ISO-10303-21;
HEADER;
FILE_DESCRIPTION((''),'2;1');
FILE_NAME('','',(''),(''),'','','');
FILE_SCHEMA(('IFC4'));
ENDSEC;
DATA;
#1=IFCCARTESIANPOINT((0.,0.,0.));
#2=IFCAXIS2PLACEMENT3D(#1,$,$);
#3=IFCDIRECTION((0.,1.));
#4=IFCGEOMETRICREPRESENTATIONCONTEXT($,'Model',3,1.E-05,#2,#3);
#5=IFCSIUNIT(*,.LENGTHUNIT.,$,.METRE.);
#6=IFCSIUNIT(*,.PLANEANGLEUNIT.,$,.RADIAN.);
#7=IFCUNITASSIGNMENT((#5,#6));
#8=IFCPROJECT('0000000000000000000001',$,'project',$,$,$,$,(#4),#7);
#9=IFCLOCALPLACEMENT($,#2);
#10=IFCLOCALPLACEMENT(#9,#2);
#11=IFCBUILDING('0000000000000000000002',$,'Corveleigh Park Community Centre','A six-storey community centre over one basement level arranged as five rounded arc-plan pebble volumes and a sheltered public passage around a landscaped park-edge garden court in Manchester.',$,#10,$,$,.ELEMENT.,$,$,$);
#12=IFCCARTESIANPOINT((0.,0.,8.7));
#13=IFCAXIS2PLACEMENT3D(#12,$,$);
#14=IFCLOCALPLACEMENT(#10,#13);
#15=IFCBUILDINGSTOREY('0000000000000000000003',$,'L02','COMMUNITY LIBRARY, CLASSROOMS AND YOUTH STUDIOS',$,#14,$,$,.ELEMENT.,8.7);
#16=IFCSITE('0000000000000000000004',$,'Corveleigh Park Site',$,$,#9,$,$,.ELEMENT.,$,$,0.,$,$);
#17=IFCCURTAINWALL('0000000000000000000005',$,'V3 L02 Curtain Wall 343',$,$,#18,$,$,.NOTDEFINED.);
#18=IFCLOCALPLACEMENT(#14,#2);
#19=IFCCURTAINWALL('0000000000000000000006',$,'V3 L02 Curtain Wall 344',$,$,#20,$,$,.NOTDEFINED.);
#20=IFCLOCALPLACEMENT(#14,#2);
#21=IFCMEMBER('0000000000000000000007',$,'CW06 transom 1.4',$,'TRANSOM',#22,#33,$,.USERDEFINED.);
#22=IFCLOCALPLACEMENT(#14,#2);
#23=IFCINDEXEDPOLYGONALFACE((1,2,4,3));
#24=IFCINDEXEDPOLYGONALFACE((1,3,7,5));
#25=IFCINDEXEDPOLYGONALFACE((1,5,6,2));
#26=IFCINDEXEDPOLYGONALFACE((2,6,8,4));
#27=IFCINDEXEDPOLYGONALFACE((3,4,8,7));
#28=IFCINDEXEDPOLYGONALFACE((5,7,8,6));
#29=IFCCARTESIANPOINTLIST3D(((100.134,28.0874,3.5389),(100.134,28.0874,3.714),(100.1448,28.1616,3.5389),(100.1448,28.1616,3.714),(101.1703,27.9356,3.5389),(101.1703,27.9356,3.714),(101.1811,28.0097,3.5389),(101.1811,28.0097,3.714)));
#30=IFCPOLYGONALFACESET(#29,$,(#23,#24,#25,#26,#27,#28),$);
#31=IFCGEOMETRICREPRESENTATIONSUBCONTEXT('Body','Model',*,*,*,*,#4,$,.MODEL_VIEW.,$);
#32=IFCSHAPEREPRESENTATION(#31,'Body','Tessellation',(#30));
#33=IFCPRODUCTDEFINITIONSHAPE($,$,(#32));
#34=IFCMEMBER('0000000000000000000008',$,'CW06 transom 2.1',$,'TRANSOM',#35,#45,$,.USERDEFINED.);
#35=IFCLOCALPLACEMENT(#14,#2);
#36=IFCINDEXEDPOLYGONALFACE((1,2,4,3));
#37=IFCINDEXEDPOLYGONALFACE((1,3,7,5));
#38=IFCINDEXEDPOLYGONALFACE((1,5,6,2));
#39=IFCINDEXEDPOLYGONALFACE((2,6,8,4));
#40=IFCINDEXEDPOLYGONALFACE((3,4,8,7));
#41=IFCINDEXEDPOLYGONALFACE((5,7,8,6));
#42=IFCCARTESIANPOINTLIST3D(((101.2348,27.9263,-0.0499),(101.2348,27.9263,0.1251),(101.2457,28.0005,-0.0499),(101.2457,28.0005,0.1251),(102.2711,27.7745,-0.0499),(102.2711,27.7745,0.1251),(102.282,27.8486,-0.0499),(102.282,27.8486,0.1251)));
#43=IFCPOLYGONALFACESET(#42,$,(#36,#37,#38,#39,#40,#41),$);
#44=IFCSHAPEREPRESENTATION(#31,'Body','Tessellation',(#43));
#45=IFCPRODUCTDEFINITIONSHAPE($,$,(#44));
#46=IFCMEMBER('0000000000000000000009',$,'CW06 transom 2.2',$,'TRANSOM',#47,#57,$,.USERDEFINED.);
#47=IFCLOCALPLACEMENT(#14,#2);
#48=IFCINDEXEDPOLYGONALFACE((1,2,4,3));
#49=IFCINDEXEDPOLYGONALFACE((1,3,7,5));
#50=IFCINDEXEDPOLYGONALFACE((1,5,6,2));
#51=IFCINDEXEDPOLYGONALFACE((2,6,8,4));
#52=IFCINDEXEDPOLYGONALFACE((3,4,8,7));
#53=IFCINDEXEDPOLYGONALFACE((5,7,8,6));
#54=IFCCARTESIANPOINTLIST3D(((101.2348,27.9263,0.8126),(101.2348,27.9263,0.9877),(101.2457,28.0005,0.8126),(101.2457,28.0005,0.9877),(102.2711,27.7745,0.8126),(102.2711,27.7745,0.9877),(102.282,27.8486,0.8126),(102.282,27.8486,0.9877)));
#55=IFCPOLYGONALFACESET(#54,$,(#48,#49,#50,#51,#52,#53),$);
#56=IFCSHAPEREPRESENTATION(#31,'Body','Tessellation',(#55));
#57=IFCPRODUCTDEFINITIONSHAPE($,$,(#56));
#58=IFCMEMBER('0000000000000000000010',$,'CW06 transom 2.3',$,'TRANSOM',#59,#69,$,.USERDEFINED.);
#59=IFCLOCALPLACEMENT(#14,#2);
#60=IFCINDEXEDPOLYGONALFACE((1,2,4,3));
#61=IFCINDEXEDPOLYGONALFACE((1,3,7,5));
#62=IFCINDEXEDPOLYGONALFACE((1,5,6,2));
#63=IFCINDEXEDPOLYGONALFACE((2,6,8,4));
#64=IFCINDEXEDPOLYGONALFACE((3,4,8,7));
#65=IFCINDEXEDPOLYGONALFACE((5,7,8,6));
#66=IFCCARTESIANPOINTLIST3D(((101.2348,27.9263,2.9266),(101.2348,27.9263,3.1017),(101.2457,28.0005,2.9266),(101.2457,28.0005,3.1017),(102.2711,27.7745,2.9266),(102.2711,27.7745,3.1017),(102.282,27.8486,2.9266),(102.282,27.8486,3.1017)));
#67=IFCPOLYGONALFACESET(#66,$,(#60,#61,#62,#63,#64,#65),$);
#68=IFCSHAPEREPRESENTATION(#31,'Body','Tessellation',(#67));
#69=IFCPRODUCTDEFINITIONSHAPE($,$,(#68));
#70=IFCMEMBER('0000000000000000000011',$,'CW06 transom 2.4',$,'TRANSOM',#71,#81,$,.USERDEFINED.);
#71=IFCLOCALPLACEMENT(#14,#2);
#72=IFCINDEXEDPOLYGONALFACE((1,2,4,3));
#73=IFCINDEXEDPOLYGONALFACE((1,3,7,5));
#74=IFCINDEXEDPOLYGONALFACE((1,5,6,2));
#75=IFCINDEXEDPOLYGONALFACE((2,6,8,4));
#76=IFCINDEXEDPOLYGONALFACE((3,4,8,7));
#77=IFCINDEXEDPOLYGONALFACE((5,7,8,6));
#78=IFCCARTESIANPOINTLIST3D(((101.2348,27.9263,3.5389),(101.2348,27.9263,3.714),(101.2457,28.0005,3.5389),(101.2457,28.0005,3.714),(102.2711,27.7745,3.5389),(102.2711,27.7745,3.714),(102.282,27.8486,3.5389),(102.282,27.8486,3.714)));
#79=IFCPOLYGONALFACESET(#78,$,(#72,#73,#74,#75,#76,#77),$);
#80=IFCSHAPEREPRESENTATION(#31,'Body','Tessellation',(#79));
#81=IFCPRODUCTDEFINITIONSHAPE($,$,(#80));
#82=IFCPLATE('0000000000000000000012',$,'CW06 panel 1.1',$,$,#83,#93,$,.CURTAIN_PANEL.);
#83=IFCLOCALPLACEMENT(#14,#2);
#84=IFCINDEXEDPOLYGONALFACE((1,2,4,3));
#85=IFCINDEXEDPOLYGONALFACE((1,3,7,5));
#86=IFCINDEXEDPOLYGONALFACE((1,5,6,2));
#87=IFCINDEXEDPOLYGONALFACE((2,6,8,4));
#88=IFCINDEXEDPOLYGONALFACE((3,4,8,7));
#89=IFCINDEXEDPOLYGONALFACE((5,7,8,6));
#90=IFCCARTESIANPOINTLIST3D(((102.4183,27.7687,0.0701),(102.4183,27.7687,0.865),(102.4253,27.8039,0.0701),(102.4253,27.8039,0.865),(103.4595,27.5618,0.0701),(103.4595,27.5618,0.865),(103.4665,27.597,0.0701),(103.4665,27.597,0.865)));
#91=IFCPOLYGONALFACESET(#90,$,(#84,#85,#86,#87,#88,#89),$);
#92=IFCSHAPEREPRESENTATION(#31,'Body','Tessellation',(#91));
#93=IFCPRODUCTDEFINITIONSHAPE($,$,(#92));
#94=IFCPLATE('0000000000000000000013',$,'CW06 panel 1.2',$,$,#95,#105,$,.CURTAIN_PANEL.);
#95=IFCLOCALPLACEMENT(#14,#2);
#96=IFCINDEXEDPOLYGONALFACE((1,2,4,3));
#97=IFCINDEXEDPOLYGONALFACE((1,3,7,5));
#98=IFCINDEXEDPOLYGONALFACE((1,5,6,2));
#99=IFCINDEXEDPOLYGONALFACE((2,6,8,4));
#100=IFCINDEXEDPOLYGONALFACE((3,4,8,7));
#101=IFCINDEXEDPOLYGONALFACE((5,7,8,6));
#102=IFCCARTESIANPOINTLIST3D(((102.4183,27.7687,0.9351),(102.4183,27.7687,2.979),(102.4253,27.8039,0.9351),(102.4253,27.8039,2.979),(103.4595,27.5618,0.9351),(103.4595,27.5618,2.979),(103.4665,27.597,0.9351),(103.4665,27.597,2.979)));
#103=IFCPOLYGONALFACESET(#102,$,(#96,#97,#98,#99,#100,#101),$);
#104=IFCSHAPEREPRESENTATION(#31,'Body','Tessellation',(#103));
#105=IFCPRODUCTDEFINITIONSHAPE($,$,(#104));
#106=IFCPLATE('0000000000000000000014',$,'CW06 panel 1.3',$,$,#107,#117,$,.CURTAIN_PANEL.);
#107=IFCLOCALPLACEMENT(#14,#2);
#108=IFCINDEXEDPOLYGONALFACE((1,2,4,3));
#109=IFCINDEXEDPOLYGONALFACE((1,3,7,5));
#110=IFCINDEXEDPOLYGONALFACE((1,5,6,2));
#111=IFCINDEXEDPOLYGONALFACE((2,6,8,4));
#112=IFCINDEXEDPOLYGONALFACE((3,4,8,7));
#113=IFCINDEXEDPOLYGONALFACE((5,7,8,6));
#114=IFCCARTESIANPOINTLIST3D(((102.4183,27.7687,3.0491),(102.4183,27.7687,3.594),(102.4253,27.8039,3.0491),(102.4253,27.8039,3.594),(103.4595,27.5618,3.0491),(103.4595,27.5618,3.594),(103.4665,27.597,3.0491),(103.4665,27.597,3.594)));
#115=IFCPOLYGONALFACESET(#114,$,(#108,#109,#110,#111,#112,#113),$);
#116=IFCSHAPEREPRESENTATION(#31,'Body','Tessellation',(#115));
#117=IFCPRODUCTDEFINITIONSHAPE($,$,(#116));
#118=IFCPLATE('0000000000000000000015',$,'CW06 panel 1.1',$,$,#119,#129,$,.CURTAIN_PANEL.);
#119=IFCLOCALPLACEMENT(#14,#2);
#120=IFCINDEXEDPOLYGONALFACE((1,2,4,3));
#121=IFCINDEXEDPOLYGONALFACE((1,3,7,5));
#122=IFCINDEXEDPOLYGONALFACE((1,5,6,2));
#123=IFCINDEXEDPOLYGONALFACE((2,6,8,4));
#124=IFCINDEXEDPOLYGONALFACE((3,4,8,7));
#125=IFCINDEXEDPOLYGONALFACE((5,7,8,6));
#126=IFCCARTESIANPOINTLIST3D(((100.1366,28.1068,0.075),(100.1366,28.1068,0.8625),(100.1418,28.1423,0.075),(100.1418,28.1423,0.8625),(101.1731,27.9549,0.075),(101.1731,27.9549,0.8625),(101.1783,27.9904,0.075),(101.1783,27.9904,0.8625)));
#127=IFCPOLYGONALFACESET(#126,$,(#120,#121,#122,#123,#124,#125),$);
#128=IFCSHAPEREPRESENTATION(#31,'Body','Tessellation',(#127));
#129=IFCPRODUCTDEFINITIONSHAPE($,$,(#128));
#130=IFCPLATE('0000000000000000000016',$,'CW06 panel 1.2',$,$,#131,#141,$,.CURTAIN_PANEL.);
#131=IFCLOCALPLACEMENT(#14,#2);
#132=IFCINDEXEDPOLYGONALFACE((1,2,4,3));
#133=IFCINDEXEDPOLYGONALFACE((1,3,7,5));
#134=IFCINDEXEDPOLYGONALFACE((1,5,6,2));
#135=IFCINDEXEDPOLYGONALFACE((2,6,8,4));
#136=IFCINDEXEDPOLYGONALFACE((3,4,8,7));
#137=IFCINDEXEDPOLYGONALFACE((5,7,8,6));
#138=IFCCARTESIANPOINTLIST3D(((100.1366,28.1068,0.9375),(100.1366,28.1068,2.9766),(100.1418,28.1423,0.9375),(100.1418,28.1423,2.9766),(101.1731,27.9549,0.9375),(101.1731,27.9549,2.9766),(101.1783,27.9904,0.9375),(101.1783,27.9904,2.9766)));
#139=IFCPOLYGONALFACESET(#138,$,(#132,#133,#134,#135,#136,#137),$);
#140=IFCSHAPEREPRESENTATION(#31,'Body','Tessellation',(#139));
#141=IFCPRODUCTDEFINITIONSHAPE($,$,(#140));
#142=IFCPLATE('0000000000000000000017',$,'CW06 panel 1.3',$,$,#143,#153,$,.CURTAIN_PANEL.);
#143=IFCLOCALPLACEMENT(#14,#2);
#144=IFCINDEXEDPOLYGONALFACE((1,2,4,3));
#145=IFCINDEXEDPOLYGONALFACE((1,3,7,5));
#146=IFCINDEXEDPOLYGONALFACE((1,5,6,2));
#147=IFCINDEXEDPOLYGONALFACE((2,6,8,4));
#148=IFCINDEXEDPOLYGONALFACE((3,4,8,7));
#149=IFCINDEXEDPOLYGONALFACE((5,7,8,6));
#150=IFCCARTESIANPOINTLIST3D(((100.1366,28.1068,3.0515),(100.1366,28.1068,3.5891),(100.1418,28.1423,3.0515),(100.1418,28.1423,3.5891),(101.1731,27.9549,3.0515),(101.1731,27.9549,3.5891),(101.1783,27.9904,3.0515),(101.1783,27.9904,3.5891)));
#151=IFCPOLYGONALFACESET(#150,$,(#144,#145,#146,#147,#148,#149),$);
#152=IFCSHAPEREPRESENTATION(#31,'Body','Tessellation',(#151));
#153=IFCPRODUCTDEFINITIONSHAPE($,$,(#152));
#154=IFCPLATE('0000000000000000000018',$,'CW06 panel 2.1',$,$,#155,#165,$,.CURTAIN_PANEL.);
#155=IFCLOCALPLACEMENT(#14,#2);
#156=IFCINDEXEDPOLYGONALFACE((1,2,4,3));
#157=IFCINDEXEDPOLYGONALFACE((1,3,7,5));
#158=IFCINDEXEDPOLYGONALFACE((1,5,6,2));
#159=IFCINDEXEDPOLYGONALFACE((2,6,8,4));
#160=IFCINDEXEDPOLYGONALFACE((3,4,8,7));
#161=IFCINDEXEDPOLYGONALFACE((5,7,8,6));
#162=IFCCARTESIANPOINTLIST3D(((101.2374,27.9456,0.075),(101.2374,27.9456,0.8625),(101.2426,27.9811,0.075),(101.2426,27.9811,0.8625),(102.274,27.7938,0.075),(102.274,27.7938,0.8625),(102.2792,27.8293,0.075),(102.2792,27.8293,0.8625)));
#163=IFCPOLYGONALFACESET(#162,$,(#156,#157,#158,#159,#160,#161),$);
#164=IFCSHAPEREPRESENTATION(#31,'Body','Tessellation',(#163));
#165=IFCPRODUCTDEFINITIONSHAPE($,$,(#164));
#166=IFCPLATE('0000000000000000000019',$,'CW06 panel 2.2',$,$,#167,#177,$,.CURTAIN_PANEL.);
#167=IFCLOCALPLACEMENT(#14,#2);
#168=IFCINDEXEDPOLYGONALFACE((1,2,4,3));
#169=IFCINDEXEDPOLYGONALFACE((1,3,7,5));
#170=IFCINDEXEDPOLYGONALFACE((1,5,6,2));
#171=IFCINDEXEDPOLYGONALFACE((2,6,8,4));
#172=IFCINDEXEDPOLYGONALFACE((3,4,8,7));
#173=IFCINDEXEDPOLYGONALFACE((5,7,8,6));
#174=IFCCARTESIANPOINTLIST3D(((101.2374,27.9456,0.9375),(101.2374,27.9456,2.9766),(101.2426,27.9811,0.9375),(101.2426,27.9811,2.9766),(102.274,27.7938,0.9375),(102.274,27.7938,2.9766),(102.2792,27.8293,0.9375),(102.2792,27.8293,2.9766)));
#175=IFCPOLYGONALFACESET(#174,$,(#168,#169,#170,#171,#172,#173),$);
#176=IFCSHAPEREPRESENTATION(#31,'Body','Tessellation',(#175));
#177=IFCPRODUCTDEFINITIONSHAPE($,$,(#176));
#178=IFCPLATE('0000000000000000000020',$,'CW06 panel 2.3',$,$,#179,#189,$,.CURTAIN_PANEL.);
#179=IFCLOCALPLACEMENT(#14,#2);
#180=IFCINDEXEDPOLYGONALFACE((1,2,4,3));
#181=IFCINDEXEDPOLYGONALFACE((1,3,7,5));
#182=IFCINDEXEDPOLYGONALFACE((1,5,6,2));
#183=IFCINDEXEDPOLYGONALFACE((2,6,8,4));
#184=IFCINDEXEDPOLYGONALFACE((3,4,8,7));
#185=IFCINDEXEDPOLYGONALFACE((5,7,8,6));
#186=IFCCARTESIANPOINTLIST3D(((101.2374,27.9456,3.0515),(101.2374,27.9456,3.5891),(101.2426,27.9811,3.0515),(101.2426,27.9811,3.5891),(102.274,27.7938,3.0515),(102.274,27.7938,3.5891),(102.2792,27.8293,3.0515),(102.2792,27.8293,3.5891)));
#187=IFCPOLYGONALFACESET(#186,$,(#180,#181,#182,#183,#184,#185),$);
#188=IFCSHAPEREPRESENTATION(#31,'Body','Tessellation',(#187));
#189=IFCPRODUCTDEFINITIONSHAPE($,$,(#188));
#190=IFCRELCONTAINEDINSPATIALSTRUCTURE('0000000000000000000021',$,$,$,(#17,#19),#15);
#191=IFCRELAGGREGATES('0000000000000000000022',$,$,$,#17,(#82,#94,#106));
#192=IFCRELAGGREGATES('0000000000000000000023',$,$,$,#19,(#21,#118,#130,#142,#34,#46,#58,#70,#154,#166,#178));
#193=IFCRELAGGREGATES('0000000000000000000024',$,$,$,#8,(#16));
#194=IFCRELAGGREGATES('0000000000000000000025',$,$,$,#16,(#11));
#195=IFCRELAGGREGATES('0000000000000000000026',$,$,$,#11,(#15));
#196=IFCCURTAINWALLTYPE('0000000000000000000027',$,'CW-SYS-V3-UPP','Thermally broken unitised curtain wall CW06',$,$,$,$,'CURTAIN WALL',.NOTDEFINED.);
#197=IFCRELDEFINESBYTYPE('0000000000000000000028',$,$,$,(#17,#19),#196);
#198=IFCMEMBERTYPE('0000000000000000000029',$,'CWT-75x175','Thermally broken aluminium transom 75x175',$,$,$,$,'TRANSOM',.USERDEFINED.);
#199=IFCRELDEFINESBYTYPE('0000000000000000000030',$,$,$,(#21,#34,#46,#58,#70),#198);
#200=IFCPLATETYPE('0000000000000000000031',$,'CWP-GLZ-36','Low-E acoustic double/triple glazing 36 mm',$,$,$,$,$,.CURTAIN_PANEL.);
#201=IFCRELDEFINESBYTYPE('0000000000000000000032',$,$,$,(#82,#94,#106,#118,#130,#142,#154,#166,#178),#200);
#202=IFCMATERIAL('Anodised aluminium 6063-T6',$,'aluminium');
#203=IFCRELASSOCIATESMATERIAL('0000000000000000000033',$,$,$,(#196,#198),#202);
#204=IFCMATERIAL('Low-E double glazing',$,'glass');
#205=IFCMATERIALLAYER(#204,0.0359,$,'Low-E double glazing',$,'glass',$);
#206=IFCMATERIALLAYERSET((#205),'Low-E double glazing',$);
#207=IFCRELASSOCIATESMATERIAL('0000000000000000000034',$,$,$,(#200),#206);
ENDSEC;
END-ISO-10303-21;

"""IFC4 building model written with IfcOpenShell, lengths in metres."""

from ifc_helpers import new_model, si_unit, direction, frame, origin, origin_2d, place, context, subcontext, project, spatial, rectangle, extrude, material, layer, layer_set, material_profile, profile_set, type_object, element, aggregate, save


model = new_model("IFC4")

# Units and contexts
model_context = context("Model", 3, precision=1e-05, world=origin(), true_north=direction((0.0, 1.0)))
body_context = subcontext(model_context, "Body", "Model", "MODEL_VIEW")
ifc_project = project(units=[si_unit("LENGTHUNIT", "METRE"), si_unit("PLANEANGLEUNIT", "RADIAN")], contexts=[model_context])

# Site, building, storey
site_placement = place(None, origin())
site = spatial("IfcSite", under=ifc_project, at=site_placement, Name="Corveleigh Park Site", CompositionType="ELEMENT", RefElevation=0.0)
building_placement = place(site_placement, origin())
building = spatial("IfcBuilding", under=site, at=building_placement, Name="Corveleigh Park Community Centre", Description="A six-storey community centre over one basement level arranged as five rounded arc-plan pebble volumes and a sheltered public passage around a landscaped park-edge garden court in Manchester.", CompositionType="ELEMENT")
storey_placement = place(building_placement, frame((0.0, 0.0, 8.7)))
storey = spatial("IfcBuildingStorey", under=building, at=storey_placement, Name="L02", Description="COMMUNITY LIBRARY, CLASSROOMS AND YOUTH STUDIOS", CompositionType="ELEMENT", Elevation=8.7)

# Curtain walls
ifc_material_1 = material(Name="Anodised aluminium 6063-T6", Category="aluminium")
curtain_wall_type = type_object("IfcCurtainWallType", Name="CW-SYS-V3-UPP", Description="Thermally broken unitised curtain wall CW06", ElementType="CURTAIN WALL", PredefinedType="NOTDEFINED", material=ifc_material_1)
curtain_wall_1_placement = place(storey_placement, origin())
curtain_wall_1 = element("IfcCurtainWall", 1, at=curtain_wall_1_placement, inside=storey, type_object=curtain_wall_type, Name="V3 L02 Curtain Wall 343", PredefinedType="NOTDEFINED")
curtain_wall_2_placement = place(storey_placement, origin())
curtain_wall_2 = element("IfcCurtainWall", 2, at=curtain_wall_2_placement, inside=storey, type_object=curtain_wall_type, Name="V3 L02 Curtain Wall 344", PredefinedType="NOTDEFINED")

# Members
ifc_material_profile_1 = material_profile(ifc_material_1, rectangle(XDim=0.075, YDim=0.175, at=origin_2d()), Name="ALU-T75x175", Category="aluminium")
ifc_profile_set_1 = profile_set([ifc_material_profile_1], Name="Anodised aluminium 6063-T6")
member_type_1 = type_object("IfcMemberType", Name="CWT-75x175", Description="Thermally broken aluminium transom 75x175", ElementType="TRANSOM", PredefinedType="USERDEFINED", material=ifc_profile_set_1)
member_1_placement = place(storey_placement, frame((100.1394, 28.1245, 3.6265), z_axis=(0.989435, -0.144977, 0.0), x_axis=(0.144977, 0.989435, 0.0)))
member_1 = element("IfcMember", 3, at=member_1_placement, type_object=member_type_1, Name="CW06 transom 1.4", ObjectType="TRANSOM", PredefinedType="USERDEFINED", context=body_context, shape_type="SweptSolid", body=[
    extrude(rectangle(XDim=0.075, YDim=0.175, at=origin_2d()), origin(), (0.0, 0.0, 1.0), 1.0474),
])
member_2_placement = place(storey_placement, frame((101.2402, 27.9634, 0.0376), z_axis=(0.989435, -0.144977, 0.0), x_axis=(0.144977, 0.989435, 0.0)))
member_2 = element("IfcMember", 4, at=member_2_placement, type_object=member_type_1, Name="CW06 transom 2.1", ObjectType="TRANSOM", PredefinedType="USERDEFINED", context=body_context, shape_type="SweptSolid", body=[
    extrude(rectangle(XDim=0.075, YDim=0.175, at=origin_2d()), origin(), (0.0, 0.0, 1.0), 1.0474),
])
member_3_placement = place(storey_placement, frame((101.2402, 27.9634, 0.9001), z_axis=(0.989435, -0.144977, 0.0), x_axis=(0.144977, 0.989435, 0.0)))
member_3 = element("IfcMember", 5, at=member_3_placement, type_object=member_type_1, Name="CW06 transom 2.2", ObjectType="TRANSOM", PredefinedType="USERDEFINED", context=body_context, shape_type="SweptSolid", body=[
    extrude(rectangle(XDim=0.075, YDim=0.175, at=origin_2d()), origin(), (0.0, 0.0, 1.0), 1.0474),
])
member_4_placement = place(storey_placement, frame((101.2402, 27.9634, 3.0142), z_axis=(0.989435, -0.144977, 0.0), x_axis=(0.144977, 0.989435, 0.0)))
member_4 = element("IfcMember", 6, at=member_4_placement, type_object=member_type_1, Name="CW06 transom 2.3", ObjectType="TRANSOM", PredefinedType="USERDEFINED", context=body_context, shape_type="SweptSolid", body=[
    extrude(rectangle(XDim=0.075, YDim=0.175, at=origin_2d()), origin(), (0.0, 0.0, 1.0), 1.0474),
])
member_5_placement = place(storey_placement, frame((101.2402, 27.9634, 3.6265), z_axis=(0.989435, -0.144977, 0.0), x_axis=(0.144977, 0.989435, 0.0)))
member_5 = element("IfcMember", 7, at=member_5_placement, type_object=member_type_1, Name="CW06 transom 2.4", ObjectType="TRANSOM", PredefinedType="USERDEFINED", context=body_context, shape_type="SweptSolid", body=[
    extrude(rectangle(XDim=0.075, YDim=0.175, at=origin_2d()), origin(), (0.0, 0.0, 1.0), 1.0474),
])

# Plates
ifc_material_2 = material(Name="Low-E double glazing", Category="glass")
ifc_layer = layer(ifc_material_2, 0.0359, Name="Low-E double glazing", Category="glass")
ifc_layer_set = layer_set([ifc_layer], Name="Low-E double glazing")
plate_type = type_object("IfcPlateType", Name="CWP-GLZ-36", Description="Low-E acoustic double/triple glazing 36 mm", PredefinedType="CURTAIN_PANEL", material=ifc_layer_set)
plate_1_placement = place(storey_placement, frame((102.9424, 27.6829, 0.0701), z_axis=(0.0, 0.0, 1.0), x_axis=(0.980814, -0.194947, 0.0)))
plate_1 = element("IfcPlate", 8, at=plate_1_placement, type_object=plate_type, Name="CW06 panel 1.1", PredefinedType="CURTAIN_PANEL", context=body_context, shape_type="SweptSolid", body=[
    extrude(rectangle(XDim=1.0615, YDim=0.0359, at=origin_2d()), origin(), (0.0, 0.0, 1.0), 0.7949),
])
plate_2_placement = place(storey_placement, frame((102.9424, 27.6829, 0.9351), z_axis=(0.0, 0.0, 1.0), x_axis=(0.980814, -0.194947, 0.0)))
plate_2 = element("IfcPlate", 9, at=plate_2_placement, type_object=plate_type, Name="CW06 panel 1.2", PredefinedType="CURTAIN_PANEL", context=body_context, shape_type="SweptSolid", body=[
    extrude(rectangle(XDim=1.0615, YDim=0.0359, at=origin_2d()), origin(), (0.0, 0.0, 1.0), 2.0439),
])
plate_3_placement = place(storey_placement, frame((102.9424, 27.6829, 3.0491), z_axis=(0.0, 0.0, 1.0), x_axis=(0.980814, -0.194947, 0.0)))
plate_3 = element("IfcPlate", 10, at=plate_3_placement, type_object=plate_type, Name="CW06 panel 1.3", PredefinedType="CURTAIN_PANEL", context=body_context, shape_type="SweptSolid", body=[
    extrude(rectangle(XDim=1.0615, YDim=0.0359, at=origin_2d()), origin(), (0.0, 0.0, 1.0), 0.5449),
])
aggregate(curtain_wall_1, [plate_1, plate_2, plate_3])
plate_4_placement = place(storey_placement, frame((100.6575, 28.0486, 0.075), z_axis=(0.0, 0.0, 1.0), x_axis=(0.989437, -0.144966, 0.0)))
plate_4 = element("IfcPlate", 11, at=plate_4_placement, type_object=plate_type, Name="CW06 panel 1.1", PredefinedType="CURTAIN_PANEL", context=body_context, shape_type="SweptSolid", body=[
    extrude(rectangle(XDim=1.0476, YDim=0.0359, at=origin_2d()), origin(), (0.0, 0.0, 1.0), 0.7876),
])
plate_5_placement = place(storey_placement, frame((100.6575, 28.0486, 0.9375), z_axis=(0.0, 0.0, 1.0), x_axis=(0.989437, -0.144966, 0.0)))
plate_5 = element("IfcPlate", 12, at=plate_5_placement, type_object=plate_type, Name="CW06 panel 1.2", PredefinedType="CURTAIN_PANEL", context=body_context, shape_type="SweptSolid", body=[
    extrude(rectangle(XDim=1.0476, YDim=0.0359, at=origin_2d()), origin(), (0.0, 0.0, 1.0), 2.0391),
])
plate_6_placement = place(storey_placement, frame((100.6575, 28.0486, 3.0515), z_axis=(0.0, 0.0, 1.0), x_axis=(0.989437, -0.144966, 0.0)))
plate_6 = element("IfcPlate", 13, at=plate_6_placement, type_object=plate_type, Name="CW06 panel 1.3", PredefinedType="CURTAIN_PANEL", context=body_context, shape_type="SweptSolid", body=[
    extrude(rectangle(XDim=1.0476, YDim=0.0359, at=origin_2d()), origin(), (0.0, 0.0, 1.0), 0.5376),
])
plate_7_placement = place(storey_placement, frame((101.7583, 27.8875, 0.075), z_axis=(0.0, 0.0, 1.0), x_axis=(0.989437, -0.144966, 0.0)))
plate_7 = element("IfcPlate", 14, at=plate_7_placement, type_object=plate_type, Name="CW06 panel 2.1", PredefinedType="CURTAIN_PANEL", context=body_context, shape_type="SweptSolid", body=[
    extrude(rectangle(XDim=1.0476, YDim=0.0359, at=origin_2d()), origin(), (0.0, 0.0, 1.0), 0.7876),
])
plate_8_placement = place(storey_placement, frame((101.7583, 27.8875, 0.9375), z_axis=(0.0, 0.0, 1.0), x_axis=(0.989437, -0.144966, 0.0)))
plate_8 = element("IfcPlate", 15, at=plate_8_placement, type_object=plate_type, Name="CW06 panel 2.2", PredefinedType="CURTAIN_PANEL", context=body_context, shape_type="SweptSolid", body=[
    extrude(rectangle(XDim=1.0476, YDim=0.0359, at=origin_2d()), origin(), (0.0, 0.0, 1.0), 2.0391),
])
plate_9_placement = place(storey_placement, frame((101.7583, 27.8875, 3.0515), z_axis=(0.0, 0.0, 1.0), x_axis=(0.989437, -0.144966, 0.0)))
plate_9 = element("IfcPlate", 16, at=plate_9_placement, type_object=plate_type, Name="CW06 panel 2.3", PredefinedType="CURTAIN_PANEL", context=body_context, shape_type="SweptSolid", body=[
    extrude(rectangle(XDim=1.0476, YDim=0.0359, at=origin_2d()), origin(), (0.0, 0.0, 1.0), 0.5376),
])
aggregate(curtain_wall_2, [member_1, plate_4, plate_5, plate_6, member_2, member_3, member_4, member_5, plate_7, plate_8, plate_9])

save(model, "model.ifc")
